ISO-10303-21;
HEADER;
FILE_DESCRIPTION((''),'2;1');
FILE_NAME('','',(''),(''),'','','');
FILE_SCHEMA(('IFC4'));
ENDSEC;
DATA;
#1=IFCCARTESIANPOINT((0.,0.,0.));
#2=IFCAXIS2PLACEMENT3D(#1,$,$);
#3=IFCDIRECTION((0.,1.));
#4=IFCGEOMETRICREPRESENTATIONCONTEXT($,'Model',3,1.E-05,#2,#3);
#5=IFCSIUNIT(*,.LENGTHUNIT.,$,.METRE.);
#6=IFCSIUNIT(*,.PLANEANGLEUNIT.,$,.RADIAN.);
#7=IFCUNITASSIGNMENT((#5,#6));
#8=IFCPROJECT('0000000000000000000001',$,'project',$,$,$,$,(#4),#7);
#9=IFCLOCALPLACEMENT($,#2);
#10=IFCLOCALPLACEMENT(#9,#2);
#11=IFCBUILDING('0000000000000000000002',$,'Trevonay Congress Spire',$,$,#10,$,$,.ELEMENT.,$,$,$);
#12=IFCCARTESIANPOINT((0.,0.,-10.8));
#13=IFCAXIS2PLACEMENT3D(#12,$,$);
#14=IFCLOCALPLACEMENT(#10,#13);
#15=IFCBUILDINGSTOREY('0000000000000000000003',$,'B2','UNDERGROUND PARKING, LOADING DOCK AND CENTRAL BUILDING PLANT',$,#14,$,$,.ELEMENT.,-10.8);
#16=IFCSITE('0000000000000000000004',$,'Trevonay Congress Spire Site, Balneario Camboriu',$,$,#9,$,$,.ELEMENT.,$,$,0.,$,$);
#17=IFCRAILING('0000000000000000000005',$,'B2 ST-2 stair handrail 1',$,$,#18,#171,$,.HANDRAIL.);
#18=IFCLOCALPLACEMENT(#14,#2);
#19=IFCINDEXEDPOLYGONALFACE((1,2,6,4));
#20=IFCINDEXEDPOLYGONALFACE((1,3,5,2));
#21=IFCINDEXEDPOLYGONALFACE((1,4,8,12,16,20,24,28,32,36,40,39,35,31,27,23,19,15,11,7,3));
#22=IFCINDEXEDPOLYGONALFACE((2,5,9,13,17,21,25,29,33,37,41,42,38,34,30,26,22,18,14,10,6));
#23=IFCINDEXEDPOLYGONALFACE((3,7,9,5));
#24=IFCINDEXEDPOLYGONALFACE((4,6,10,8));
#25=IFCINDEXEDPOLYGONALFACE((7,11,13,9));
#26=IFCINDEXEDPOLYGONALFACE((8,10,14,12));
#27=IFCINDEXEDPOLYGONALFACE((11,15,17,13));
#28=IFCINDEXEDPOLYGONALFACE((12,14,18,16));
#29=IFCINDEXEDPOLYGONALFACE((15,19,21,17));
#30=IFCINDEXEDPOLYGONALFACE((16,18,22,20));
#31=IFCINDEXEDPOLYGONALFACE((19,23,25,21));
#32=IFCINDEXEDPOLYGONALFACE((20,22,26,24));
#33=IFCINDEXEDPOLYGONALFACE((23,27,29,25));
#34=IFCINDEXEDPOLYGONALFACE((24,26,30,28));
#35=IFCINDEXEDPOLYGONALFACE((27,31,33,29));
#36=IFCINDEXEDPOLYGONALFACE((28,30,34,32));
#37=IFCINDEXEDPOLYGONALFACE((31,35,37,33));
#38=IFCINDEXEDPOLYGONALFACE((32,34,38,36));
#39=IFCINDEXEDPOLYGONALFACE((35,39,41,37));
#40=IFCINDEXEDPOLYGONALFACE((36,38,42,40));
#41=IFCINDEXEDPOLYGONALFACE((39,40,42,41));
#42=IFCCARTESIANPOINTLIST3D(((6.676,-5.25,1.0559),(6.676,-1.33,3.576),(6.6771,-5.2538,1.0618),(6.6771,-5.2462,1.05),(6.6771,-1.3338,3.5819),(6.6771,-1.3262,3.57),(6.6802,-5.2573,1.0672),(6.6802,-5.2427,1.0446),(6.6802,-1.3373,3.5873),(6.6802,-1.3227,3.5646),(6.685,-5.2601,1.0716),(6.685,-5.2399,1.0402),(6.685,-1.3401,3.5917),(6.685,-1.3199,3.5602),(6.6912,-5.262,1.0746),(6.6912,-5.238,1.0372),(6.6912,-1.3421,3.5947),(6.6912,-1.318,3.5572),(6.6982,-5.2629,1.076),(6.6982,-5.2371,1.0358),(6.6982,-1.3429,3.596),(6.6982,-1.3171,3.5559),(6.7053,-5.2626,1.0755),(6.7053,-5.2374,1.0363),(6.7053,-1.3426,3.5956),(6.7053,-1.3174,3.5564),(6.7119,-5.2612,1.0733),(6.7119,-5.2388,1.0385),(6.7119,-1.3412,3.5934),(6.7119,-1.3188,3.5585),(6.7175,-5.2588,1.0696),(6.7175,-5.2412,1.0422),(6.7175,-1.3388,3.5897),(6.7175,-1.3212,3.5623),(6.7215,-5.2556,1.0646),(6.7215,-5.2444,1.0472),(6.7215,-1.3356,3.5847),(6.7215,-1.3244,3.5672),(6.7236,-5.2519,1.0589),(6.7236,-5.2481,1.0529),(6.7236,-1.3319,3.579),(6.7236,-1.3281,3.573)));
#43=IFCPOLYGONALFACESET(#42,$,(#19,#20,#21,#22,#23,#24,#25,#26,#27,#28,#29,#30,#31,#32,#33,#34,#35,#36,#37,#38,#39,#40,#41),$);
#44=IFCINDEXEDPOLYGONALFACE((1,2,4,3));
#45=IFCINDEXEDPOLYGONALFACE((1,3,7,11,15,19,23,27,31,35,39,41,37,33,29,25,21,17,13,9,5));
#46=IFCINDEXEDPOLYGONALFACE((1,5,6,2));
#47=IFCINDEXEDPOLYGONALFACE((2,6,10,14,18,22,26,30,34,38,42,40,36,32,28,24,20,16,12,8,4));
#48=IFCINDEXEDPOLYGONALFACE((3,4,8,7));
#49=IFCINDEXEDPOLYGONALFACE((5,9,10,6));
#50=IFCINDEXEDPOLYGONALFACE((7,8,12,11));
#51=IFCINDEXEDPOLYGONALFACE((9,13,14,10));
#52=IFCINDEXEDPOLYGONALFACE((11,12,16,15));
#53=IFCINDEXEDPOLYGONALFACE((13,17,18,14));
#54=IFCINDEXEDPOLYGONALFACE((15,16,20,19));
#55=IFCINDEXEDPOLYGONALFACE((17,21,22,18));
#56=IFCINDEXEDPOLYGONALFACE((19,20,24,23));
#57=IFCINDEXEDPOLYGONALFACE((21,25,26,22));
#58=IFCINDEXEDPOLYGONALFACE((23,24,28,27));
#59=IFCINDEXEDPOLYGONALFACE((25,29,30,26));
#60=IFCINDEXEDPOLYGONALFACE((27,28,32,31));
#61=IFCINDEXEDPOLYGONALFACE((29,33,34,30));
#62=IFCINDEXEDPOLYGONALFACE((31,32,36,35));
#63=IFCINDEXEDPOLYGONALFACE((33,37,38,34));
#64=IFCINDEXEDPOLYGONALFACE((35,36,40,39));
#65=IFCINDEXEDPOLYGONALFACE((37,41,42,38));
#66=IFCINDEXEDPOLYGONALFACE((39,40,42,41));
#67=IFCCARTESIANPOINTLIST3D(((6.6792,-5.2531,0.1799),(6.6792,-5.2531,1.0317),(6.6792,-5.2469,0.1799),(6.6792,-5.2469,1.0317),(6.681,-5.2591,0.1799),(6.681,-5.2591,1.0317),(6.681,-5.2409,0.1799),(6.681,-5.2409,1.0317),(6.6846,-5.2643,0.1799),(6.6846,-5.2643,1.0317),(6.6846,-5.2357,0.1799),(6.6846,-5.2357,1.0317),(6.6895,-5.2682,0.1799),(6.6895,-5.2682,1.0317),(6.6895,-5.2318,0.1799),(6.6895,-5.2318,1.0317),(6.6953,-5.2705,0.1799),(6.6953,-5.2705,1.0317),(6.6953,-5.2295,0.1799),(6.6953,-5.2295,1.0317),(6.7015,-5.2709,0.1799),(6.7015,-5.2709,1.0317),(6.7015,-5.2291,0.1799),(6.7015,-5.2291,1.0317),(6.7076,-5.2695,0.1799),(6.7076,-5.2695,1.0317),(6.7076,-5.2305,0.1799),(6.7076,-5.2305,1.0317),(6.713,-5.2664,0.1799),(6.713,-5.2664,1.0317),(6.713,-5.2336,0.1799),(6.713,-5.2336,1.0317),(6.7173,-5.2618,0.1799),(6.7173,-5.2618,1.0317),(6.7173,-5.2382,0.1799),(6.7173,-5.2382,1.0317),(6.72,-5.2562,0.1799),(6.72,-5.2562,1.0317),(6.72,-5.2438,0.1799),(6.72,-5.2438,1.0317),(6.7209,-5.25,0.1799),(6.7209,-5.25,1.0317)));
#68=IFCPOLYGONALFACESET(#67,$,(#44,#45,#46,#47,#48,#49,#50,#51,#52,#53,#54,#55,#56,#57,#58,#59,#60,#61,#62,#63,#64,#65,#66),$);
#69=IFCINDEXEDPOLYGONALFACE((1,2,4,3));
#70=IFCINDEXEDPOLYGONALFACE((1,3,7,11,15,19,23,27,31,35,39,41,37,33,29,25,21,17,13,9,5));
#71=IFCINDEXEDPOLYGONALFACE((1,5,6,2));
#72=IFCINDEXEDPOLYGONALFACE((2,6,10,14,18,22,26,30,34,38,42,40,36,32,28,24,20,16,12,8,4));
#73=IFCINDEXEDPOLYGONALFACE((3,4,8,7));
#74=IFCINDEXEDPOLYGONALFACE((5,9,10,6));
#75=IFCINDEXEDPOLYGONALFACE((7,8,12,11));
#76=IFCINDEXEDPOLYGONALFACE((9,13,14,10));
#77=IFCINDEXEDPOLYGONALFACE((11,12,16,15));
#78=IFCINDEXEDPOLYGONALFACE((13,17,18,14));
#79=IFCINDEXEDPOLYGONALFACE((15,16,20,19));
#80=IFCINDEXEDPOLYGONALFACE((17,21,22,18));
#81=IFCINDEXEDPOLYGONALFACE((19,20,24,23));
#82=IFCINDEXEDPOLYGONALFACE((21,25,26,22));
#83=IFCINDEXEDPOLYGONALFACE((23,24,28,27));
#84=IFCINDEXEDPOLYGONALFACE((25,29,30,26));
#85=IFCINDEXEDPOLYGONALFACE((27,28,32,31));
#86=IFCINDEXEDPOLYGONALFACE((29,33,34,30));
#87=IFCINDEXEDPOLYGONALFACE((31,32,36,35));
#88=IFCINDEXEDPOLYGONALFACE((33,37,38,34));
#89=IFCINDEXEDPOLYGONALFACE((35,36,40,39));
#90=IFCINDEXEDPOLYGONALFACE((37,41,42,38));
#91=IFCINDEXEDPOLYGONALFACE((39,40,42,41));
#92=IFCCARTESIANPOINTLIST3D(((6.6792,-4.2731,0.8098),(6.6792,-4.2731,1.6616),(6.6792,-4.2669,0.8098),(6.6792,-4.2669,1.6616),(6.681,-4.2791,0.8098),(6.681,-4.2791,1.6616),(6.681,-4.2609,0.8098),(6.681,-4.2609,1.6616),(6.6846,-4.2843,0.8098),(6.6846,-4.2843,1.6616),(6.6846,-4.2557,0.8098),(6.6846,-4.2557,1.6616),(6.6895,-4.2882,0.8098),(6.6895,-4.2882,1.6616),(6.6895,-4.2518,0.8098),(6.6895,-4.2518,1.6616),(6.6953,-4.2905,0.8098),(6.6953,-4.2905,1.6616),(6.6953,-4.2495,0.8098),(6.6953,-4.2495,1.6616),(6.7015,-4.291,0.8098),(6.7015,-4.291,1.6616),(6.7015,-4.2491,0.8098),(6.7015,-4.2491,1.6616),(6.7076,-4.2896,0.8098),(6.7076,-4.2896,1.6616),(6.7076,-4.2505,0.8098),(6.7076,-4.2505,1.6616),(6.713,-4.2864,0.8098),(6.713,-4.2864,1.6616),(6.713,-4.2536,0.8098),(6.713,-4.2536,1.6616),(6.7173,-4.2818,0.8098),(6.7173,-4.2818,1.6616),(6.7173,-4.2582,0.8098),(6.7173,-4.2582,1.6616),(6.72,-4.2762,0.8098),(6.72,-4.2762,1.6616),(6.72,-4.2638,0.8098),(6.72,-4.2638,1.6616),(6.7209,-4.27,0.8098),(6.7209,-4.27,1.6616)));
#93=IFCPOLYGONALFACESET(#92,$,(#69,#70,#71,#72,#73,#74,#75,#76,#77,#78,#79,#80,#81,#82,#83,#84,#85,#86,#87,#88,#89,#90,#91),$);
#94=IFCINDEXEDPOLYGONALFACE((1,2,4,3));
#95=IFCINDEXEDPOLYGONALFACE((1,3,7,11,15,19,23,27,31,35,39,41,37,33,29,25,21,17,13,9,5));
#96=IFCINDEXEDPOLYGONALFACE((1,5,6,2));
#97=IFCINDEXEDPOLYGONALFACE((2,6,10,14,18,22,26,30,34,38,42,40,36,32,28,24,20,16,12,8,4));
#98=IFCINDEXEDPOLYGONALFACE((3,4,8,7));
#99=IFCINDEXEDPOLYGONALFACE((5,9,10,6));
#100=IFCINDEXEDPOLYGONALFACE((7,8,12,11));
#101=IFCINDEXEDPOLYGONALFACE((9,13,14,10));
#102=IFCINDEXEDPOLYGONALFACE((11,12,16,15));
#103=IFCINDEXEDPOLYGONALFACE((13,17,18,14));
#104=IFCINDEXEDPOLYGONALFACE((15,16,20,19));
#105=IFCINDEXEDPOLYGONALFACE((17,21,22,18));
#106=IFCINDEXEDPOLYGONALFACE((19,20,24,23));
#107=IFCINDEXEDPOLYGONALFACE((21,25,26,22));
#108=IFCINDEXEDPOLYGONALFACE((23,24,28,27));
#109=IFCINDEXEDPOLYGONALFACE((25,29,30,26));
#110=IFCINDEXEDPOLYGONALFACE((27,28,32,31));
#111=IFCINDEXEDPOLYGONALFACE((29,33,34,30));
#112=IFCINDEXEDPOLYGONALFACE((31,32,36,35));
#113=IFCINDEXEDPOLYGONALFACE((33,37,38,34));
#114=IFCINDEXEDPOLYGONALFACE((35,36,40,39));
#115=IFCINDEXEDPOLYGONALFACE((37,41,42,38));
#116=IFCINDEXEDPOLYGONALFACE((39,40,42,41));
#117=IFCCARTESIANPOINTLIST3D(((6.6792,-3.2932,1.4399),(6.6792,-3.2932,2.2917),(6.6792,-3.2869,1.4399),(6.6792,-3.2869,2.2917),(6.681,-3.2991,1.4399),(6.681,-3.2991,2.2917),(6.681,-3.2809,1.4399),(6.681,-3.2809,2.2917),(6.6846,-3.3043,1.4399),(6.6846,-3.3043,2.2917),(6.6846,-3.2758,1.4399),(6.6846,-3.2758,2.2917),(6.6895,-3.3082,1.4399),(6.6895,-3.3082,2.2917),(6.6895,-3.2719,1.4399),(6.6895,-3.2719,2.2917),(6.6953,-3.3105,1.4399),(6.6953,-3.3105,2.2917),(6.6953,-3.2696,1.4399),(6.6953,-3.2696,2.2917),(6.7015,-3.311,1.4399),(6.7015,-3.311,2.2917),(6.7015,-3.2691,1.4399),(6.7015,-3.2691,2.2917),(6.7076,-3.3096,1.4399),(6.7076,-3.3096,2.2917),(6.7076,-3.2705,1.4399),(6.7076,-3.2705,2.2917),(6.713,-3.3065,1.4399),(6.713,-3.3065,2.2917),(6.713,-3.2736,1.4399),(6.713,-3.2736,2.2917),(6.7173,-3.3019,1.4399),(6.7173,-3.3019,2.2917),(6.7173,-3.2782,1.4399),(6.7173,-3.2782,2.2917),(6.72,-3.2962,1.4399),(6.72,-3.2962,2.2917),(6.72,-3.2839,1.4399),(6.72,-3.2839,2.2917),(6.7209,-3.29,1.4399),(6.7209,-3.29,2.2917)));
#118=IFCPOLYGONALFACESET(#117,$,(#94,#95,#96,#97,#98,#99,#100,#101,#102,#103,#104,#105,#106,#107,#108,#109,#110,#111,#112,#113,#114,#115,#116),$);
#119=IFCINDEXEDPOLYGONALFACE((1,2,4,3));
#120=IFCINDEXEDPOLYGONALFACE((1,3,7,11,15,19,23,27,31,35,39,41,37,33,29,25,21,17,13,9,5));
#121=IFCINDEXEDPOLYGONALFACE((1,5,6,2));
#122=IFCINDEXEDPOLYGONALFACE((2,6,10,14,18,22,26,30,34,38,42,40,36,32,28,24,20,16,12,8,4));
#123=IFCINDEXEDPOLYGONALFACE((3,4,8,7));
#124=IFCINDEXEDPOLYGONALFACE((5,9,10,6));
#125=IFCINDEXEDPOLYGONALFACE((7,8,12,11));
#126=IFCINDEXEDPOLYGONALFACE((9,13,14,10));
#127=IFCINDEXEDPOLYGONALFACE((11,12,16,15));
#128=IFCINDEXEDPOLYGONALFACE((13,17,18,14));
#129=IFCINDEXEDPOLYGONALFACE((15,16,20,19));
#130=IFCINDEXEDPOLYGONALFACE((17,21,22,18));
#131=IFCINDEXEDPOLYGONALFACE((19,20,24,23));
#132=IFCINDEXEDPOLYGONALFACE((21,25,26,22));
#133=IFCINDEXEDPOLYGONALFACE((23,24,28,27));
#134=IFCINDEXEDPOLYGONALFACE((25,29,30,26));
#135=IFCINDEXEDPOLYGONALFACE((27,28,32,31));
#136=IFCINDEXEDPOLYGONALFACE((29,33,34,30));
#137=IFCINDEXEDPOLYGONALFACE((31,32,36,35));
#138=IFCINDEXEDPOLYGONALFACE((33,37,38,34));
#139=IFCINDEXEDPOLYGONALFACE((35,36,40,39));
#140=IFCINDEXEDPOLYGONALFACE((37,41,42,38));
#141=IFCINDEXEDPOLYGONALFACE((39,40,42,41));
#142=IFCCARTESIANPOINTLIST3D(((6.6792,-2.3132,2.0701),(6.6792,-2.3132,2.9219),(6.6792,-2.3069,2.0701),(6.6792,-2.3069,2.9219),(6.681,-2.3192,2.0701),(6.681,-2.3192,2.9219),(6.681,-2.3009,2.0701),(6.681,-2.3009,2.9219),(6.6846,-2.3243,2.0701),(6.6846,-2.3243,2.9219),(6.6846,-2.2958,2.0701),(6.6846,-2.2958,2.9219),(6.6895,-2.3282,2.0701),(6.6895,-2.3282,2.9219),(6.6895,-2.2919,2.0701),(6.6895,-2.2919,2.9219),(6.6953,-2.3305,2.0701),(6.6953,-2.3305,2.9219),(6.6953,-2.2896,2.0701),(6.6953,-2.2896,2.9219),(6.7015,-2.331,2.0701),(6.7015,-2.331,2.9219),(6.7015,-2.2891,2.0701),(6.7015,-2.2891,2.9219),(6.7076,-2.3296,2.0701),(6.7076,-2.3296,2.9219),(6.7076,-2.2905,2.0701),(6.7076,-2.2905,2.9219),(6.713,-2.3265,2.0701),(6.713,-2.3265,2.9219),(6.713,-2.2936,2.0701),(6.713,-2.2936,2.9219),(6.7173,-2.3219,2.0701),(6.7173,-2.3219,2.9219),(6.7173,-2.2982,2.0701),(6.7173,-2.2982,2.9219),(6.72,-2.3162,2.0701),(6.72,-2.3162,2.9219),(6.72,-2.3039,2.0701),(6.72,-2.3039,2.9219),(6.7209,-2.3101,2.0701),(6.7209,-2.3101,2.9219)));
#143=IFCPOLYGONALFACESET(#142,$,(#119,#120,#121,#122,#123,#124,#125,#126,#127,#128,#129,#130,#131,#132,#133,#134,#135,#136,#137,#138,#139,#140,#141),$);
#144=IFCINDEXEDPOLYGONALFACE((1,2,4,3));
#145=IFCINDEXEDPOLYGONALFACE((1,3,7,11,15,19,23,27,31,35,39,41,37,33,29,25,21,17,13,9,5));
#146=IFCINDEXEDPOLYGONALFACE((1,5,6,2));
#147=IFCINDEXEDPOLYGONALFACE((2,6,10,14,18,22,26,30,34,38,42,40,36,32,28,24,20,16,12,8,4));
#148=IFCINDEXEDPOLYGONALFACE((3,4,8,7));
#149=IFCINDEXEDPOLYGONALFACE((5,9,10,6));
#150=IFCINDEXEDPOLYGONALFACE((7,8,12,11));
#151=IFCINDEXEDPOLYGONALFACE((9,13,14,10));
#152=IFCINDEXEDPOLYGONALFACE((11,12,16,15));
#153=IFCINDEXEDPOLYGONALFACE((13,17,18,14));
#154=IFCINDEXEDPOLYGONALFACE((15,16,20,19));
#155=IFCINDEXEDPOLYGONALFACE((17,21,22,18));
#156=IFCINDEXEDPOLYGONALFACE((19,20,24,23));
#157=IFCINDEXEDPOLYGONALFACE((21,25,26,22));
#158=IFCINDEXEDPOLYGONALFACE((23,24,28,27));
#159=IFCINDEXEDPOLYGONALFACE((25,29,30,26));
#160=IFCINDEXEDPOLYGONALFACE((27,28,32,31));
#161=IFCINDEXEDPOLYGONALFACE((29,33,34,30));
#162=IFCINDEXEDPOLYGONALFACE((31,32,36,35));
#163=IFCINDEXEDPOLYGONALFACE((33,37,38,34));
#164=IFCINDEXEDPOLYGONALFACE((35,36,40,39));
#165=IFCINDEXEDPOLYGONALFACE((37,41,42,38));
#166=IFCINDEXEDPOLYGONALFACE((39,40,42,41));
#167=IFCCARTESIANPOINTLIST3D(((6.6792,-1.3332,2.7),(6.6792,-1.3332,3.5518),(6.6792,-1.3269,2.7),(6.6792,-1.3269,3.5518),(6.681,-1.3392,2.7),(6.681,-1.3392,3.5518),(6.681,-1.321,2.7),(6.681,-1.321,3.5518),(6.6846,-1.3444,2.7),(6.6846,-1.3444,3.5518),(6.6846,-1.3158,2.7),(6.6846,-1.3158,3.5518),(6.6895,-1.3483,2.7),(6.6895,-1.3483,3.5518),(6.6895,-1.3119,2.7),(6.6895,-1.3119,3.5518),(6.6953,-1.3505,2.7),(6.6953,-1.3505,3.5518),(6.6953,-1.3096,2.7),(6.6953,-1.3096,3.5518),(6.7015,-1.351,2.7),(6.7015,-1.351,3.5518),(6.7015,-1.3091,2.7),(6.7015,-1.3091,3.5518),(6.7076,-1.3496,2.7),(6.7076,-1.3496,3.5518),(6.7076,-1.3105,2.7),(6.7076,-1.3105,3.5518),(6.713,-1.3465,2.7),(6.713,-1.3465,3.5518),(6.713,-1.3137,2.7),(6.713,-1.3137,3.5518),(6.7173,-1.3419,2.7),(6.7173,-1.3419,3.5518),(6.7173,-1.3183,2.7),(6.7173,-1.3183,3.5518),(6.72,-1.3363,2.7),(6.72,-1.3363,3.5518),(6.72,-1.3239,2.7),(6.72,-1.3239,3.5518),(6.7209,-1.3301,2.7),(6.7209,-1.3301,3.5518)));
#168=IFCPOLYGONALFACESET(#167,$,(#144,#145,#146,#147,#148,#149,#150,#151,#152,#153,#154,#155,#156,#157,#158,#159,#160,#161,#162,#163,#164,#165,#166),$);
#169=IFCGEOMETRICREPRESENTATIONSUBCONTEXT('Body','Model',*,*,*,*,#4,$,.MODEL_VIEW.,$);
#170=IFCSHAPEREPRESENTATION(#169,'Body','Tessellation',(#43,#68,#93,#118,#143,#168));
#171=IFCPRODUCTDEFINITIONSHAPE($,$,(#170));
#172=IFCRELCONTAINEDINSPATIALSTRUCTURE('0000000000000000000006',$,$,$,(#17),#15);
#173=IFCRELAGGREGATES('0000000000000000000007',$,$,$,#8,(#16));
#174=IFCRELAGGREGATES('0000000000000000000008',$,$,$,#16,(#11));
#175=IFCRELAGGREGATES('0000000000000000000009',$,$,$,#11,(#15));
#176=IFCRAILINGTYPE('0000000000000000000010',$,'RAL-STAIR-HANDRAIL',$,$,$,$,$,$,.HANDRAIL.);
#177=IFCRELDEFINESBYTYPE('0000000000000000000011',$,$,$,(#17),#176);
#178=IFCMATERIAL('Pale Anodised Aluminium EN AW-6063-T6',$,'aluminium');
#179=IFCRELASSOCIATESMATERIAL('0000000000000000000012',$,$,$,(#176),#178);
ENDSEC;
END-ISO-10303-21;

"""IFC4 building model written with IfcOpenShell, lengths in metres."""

from ifc_helpers import new_model, si_unit, direction, frame, origin, origin_2d, place, context, subcontext, project, spatial, circle, extrude, material, type_object, element, save


model = new_model("IFC4")

# Units and contexts
model_context = context("Model", 3, precision=1e-05, world=origin(), true_north=direction((0.0, 1.0)))
body_context = subcontext(model_context, "Body", "Model", "MODEL_VIEW")
ifc_project = project(units=[si_unit("LENGTHUNIT", "METRE"), si_unit("PLANEANGLEUNIT", "RADIAN")], contexts=[model_context])

# Site, building, storey
site_placement = place(None, origin())
site = spatial("IfcSite", under=ifc_project, at=site_placement, Name="Trevonay Congress Spire Site, Balneario Camboriu", CompositionType="ELEMENT", RefElevation=0.0)
building_placement = place(site_placement, origin())
building = spatial("IfcBuilding", under=site, at=building_placement, Name="Trevonay Congress Spire", CompositionType="ELEMENT")
storey_placement = place(building_placement, frame((0.0, 0.0, -10.8)))
storey = spatial("IfcBuildingStorey", under=building, at=storey_placement, Name="B2", Description="UNDERGROUND PARKING, LOADING DOCK AND CENTRAL BUILDING PLANT", CompositionType="ELEMENT", Elevation=-10.8)

# Railing
ifc_material_1 = material(Name="Pale Anodised Aluminium EN AW-6063-T6", Category="aluminium")
railing_type_1 = type_object("IfcRailingType", Name="RAL-STAIR-HANDRAIL", PredefinedType="HANDRAIL", material=ifc_material_1)
railing_1_placement = place(storey_placement, frame((6.7, -5.25, 0.1799)))
element("IfcRailing", 1, at=railing_1_placement, inside=storey, type_object=railing_type_1, Name="B2 ST-2 stair handrail 1", PredefinedType="HANDRAIL", context=body_context, shape_type="SweptSolid", body=[
    extrude(circle(Radius=0.0239, at=origin_2d()), frame((0.0, 0.0, 0.876), z_axis=(0.0, 0.841172, 0.540768), x_axis=(-1.0, 0.0, 0.0)), (0.0, 0.0, 1.0), 4.6602),
    extrude(circle(Radius=0.021, at=origin_2d()), origin(), (0.0, 0.0, 1.0), 0.8518),
    extrude(circle(Radius=0.021, at=origin_2d()), frame((0.0, 0.98, 0.6299)), (0.0, 0.0, 1.0), 0.8518),
    extrude(circle(Radius=0.021, at=origin_2d()), frame((0.0, 1.96, 1.26)), (0.0, 0.0, 1.0), 0.8518),
    extrude(circle(Radius=0.021, at=origin_2d()), frame((0.0, 2.9399, 1.8901)), (0.0, 0.0, 1.0), 0.8518),
    extrude(circle(Radius=0.021, at=origin_2d()), frame((0.0, 3.9199, 2.52)), (0.0, 0.0, 1.0), 0.8518),
])

save(model, "model.ifc")
